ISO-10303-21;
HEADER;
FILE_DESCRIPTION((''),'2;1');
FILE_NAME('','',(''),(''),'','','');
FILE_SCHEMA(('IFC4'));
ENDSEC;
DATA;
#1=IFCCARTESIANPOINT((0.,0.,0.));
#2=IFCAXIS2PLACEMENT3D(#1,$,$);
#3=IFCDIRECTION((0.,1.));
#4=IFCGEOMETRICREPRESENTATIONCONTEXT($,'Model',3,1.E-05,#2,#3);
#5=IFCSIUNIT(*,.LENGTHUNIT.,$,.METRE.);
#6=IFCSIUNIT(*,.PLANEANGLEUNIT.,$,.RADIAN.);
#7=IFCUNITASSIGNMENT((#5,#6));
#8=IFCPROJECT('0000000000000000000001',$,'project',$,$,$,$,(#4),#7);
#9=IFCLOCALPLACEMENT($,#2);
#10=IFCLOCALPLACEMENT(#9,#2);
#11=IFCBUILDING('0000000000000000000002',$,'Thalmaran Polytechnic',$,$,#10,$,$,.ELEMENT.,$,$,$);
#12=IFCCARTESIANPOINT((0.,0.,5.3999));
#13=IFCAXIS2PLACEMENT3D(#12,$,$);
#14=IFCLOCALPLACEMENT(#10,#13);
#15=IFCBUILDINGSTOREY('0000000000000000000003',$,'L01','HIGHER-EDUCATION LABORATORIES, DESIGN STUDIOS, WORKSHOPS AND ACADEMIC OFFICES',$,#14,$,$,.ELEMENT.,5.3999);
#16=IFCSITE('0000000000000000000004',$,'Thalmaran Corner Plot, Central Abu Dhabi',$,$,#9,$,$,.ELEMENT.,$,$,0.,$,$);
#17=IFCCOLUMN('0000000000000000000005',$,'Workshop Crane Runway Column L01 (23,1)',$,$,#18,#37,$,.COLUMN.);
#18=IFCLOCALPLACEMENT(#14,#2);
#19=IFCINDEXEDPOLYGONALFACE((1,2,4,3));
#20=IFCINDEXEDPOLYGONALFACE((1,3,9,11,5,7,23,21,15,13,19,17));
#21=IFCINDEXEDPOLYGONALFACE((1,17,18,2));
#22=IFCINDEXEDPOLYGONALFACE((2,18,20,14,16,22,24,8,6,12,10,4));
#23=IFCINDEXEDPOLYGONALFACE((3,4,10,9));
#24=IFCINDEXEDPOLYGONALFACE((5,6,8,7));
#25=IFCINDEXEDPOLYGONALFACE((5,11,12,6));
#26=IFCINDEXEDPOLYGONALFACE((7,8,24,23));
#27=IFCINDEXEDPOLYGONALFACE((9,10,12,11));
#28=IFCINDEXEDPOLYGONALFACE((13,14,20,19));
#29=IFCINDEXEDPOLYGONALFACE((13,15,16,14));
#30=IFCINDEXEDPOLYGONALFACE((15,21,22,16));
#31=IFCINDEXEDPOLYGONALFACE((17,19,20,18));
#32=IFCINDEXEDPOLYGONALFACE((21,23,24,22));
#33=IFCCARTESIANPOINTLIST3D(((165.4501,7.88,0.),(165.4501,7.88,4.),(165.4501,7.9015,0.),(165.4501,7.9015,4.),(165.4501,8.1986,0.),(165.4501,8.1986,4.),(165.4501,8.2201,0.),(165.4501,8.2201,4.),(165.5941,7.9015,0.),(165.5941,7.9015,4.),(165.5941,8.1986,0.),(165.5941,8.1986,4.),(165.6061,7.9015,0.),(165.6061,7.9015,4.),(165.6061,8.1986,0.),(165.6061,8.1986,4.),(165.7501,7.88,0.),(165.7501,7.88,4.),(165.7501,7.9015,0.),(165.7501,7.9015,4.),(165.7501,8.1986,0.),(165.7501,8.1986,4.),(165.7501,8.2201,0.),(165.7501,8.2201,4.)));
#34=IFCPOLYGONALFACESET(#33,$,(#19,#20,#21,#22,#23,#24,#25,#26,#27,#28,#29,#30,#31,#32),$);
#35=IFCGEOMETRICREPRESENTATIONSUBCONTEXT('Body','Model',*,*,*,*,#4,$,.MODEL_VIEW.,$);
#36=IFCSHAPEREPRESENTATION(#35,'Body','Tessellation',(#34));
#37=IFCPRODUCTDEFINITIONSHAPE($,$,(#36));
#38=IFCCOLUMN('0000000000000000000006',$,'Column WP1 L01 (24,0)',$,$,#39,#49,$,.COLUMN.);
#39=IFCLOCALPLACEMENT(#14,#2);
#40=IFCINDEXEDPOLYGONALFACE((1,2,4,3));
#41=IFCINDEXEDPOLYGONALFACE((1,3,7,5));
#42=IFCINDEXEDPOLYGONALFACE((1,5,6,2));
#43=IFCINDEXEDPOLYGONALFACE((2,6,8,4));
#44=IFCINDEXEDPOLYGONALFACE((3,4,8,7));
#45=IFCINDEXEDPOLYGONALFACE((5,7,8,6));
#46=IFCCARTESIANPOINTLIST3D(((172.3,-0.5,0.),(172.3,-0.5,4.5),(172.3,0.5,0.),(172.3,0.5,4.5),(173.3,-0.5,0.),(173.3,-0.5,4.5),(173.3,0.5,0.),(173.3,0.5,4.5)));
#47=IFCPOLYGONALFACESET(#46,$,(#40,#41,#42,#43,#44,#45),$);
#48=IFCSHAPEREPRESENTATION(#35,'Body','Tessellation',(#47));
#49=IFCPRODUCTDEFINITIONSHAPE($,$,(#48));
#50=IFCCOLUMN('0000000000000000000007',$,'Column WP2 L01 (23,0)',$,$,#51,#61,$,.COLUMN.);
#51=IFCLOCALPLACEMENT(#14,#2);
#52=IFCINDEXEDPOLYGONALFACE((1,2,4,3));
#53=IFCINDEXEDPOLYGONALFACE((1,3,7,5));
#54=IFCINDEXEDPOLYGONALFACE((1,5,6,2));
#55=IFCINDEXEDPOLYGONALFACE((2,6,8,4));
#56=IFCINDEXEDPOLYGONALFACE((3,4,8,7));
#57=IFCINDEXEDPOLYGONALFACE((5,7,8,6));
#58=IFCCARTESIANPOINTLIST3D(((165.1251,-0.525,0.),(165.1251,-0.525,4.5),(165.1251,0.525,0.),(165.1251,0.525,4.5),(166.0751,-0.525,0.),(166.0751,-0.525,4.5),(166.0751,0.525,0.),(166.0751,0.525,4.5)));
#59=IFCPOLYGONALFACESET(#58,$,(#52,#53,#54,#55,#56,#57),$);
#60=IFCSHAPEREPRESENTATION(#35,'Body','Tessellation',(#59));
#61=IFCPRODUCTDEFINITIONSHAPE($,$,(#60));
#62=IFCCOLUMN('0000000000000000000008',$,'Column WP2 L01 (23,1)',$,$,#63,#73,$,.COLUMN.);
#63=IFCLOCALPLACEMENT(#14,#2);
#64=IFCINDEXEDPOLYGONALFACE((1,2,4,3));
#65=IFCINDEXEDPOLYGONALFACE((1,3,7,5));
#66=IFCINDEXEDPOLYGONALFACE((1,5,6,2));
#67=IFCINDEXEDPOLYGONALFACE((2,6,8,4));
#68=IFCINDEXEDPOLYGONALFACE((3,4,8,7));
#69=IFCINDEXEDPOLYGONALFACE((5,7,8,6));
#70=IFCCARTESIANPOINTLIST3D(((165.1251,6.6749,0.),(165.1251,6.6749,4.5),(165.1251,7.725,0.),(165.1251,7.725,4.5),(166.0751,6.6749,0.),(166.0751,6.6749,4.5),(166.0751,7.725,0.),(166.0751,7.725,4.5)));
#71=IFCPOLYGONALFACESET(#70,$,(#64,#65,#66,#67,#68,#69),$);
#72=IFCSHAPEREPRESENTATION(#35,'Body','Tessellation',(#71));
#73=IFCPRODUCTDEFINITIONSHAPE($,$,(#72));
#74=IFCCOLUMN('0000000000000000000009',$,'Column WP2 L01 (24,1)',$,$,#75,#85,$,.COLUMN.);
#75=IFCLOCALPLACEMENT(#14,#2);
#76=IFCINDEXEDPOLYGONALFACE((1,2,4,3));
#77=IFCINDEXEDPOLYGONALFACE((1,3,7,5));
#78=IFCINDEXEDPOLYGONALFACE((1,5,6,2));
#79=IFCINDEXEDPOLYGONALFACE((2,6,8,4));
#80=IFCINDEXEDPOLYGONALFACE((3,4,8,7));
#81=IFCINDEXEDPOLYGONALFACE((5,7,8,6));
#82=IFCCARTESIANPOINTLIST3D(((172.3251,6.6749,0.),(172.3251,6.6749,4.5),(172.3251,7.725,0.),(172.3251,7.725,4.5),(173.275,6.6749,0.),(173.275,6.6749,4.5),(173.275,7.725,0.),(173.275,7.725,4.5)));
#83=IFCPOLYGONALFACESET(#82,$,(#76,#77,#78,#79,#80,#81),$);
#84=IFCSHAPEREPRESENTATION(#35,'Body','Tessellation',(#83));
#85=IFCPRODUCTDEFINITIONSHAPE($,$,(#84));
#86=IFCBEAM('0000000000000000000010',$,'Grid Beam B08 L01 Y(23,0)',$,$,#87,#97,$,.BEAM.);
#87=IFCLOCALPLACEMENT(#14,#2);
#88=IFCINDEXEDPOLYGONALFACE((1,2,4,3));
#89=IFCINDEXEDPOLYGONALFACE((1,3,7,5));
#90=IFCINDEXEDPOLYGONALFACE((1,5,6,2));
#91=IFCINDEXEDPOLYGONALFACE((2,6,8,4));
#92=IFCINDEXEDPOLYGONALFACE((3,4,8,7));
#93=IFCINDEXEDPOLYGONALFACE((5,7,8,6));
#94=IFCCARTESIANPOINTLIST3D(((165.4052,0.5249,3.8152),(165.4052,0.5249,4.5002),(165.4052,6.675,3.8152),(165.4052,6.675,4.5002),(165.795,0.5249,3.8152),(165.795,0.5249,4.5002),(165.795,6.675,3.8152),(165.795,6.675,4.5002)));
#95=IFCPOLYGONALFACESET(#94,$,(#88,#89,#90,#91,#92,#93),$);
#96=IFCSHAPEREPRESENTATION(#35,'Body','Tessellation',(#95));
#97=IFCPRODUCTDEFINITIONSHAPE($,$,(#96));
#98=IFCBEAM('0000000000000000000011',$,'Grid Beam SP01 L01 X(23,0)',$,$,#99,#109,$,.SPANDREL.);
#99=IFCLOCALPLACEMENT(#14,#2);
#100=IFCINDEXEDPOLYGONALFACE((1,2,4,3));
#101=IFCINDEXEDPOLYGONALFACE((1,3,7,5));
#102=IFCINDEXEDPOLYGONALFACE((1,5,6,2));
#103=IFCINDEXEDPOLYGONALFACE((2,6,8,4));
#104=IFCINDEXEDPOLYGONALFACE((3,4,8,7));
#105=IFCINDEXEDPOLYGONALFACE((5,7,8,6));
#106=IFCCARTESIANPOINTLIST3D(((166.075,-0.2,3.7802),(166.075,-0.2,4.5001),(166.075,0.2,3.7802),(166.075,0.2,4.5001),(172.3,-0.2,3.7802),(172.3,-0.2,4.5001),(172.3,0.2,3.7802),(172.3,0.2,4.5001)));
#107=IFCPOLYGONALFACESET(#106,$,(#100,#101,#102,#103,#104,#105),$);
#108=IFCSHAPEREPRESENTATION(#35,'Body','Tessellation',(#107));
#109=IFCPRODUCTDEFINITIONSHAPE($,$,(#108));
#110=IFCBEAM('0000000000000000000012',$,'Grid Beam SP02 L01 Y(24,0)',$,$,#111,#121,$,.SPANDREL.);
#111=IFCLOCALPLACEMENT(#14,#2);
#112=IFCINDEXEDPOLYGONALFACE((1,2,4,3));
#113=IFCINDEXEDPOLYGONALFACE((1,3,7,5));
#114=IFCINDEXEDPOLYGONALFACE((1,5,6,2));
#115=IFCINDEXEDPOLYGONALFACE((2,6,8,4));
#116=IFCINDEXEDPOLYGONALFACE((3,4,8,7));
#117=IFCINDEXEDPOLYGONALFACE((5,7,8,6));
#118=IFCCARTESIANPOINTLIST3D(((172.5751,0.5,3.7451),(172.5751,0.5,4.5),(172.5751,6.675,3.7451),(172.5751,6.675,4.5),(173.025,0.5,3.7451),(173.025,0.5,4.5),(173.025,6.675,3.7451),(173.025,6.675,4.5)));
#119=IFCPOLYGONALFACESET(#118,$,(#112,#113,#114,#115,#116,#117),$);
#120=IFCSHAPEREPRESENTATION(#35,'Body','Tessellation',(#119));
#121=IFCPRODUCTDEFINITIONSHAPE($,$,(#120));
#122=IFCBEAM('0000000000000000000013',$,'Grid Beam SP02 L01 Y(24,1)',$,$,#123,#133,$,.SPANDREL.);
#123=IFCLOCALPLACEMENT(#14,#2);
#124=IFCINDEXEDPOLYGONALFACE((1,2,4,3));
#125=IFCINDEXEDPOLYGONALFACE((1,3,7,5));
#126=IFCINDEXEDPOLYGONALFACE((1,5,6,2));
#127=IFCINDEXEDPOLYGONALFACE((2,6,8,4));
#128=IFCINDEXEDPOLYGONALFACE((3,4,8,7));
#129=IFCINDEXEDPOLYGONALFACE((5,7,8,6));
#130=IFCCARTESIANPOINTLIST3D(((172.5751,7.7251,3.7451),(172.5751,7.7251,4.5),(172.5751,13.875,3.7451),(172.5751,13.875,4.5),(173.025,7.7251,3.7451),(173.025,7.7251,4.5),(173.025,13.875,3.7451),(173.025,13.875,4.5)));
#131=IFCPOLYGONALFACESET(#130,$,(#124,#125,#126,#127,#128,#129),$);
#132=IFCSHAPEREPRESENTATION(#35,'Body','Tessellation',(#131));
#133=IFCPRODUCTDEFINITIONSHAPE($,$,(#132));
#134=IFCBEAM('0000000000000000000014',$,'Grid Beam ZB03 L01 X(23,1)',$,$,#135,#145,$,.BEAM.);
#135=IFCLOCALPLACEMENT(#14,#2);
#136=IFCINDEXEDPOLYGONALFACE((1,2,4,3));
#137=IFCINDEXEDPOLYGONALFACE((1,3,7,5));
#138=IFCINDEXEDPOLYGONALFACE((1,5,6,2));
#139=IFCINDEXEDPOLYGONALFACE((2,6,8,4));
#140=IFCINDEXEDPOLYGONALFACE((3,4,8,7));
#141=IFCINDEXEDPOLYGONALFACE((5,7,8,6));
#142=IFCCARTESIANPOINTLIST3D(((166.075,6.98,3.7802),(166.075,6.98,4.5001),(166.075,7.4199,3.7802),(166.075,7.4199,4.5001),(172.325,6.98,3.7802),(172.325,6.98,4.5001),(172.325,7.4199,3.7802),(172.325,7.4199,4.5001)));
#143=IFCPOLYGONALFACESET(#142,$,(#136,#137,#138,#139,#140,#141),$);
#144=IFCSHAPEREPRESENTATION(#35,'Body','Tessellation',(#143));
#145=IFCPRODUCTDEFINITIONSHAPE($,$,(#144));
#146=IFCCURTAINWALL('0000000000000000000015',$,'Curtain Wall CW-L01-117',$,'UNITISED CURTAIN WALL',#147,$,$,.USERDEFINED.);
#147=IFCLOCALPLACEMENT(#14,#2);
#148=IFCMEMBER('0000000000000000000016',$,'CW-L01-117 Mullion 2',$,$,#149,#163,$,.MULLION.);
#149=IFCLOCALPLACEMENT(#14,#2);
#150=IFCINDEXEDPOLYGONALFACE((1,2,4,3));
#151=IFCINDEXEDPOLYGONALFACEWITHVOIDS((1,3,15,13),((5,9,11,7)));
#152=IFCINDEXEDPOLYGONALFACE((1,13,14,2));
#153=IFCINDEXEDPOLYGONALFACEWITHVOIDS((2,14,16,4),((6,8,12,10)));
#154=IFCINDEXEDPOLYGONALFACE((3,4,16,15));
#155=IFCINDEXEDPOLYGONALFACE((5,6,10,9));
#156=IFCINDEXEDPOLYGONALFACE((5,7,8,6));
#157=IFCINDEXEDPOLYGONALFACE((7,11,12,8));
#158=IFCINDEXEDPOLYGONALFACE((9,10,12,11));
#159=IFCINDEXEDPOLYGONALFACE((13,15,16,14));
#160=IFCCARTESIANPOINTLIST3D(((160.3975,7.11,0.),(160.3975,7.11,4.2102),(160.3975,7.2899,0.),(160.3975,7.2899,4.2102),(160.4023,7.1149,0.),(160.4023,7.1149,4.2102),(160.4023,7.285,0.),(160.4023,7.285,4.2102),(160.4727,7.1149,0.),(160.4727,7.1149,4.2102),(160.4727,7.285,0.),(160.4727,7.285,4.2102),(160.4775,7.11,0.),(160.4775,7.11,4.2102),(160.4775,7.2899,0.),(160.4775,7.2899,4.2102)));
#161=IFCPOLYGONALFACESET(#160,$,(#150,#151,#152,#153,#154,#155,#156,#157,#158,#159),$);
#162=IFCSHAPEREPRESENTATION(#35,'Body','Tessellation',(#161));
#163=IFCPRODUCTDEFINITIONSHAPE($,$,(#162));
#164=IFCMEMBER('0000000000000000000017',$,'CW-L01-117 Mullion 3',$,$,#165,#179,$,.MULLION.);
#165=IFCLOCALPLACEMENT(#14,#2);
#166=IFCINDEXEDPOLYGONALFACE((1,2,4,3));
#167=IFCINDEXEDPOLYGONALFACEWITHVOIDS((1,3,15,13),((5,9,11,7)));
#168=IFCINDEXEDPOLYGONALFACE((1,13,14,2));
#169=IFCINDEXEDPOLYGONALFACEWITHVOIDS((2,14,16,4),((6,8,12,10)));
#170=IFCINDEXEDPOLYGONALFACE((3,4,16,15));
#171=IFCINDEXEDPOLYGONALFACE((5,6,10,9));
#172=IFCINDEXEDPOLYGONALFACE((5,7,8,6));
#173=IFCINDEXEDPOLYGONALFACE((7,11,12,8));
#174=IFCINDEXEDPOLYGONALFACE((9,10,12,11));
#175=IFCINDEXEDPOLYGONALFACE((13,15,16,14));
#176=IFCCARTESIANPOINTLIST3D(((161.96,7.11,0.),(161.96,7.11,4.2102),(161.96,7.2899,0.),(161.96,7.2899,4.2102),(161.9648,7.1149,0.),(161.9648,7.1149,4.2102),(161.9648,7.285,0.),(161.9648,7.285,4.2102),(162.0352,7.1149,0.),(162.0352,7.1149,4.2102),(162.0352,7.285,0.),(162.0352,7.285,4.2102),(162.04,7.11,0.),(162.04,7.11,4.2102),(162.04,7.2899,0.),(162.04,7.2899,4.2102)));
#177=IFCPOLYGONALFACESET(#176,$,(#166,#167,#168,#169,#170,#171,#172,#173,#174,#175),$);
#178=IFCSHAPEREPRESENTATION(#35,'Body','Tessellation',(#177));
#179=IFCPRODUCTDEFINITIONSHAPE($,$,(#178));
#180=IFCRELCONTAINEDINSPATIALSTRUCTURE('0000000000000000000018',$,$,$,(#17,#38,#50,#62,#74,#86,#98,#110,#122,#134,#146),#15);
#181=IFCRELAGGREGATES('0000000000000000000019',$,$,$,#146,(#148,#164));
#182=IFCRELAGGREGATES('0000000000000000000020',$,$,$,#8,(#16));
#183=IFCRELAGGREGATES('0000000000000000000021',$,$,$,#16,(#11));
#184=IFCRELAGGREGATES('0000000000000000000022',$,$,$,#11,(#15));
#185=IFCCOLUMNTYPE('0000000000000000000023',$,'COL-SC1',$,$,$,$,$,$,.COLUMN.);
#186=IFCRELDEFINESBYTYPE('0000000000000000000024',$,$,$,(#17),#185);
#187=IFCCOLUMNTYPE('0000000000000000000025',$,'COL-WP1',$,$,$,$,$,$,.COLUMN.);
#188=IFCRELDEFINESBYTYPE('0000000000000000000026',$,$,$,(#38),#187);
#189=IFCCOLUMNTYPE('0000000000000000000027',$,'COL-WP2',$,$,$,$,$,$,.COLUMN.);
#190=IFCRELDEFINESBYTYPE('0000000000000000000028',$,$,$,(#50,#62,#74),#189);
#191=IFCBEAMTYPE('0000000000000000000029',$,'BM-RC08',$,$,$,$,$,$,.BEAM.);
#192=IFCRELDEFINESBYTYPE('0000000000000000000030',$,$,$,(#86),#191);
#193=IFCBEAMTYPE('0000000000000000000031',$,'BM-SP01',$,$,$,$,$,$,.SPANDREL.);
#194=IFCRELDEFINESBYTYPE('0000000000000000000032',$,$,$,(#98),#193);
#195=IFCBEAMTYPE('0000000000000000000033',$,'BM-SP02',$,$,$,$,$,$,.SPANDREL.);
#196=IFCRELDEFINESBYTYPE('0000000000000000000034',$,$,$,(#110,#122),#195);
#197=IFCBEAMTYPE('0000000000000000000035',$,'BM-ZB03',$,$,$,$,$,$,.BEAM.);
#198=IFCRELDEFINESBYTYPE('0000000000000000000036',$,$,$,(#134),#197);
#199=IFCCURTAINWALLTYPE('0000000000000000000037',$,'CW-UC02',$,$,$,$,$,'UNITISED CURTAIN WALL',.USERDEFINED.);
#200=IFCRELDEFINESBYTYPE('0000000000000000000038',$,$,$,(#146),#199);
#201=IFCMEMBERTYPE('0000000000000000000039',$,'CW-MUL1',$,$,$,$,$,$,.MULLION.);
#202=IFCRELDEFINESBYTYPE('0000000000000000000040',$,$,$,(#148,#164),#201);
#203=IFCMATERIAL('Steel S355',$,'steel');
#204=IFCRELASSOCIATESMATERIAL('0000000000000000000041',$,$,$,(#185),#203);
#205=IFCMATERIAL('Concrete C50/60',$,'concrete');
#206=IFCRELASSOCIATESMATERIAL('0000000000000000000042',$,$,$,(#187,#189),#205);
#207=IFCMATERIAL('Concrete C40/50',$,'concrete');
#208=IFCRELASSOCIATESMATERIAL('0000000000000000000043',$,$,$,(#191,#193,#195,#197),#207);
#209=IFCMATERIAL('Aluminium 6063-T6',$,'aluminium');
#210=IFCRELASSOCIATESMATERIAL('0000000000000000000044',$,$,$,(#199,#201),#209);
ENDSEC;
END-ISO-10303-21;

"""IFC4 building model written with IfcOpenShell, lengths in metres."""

from ifc_helpers import new_model, si_unit, direction, frame, origin, origin_2d, place, context, subcontext, project, spatial, rectangle, hollow_rectangle, i_section, extrude, material, material_profile, profile_set, type_object, element, aggregate, save


model = new_model("IFC4")

# Units and contexts
model_context = context("Model", 3, precision=1e-05, world=origin(), true_north=direction((0.0, 1.0)))
body_context = subcontext(model_context, "Body", "Model", "MODEL_VIEW")
ifc_project = project(units=[si_unit("LENGTHUNIT", "METRE"), si_unit("PLANEANGLEUNIT", "RADIAN")], contexts=[model_context])

# Site, building, storey
site_placement = place(None, origin())
site = spatial("IfcSite", under=ifc_project, at=site_placement, Name="Thalmaran Corner Plot, Central Abu Dhabi", CompositionType="ELEMENT", RefElevation=0.0)
building_placement = place(site_placement, origin())
building = spatial("IfcBuilding", under=site, at=building_placement, Name="Thalmaran Polytechnic", CompositionType="ELEMENT")
storey_placement = place(building_placement, frame((0.0, 0.0, 5.3999)))
storey = spatial("IfcBuildingStorey", under=building, at=storey_placement, Name="L01", Description="HIGHER-EDUCATION LABORATORIES, DESIGN STUDIOS, WORKSHOPS AND ACADEMIC OFFICES", CompositionType="ELEMENT", Elevation=5.3999)

# Columns
ifc_material_1 = material(Name="Steel S355", Category="steel")
ifc_material_profile_1 = material_profile(ifc_material_1, i_section(OverallWidth=0.3, OverallDepth=0.3401, WebThickness=0.012, FlangeThickness=0.0215, at=origin_2d()), Name="HEB 340")
ifc_profile_set_1 = profile_set([ifc_material_profile_1], Name="Steel S355")
column_type_1 = type_object("IfcColumnType", Name="COL-SC1", PredefinedType="COLUMN", material=ifc_profile_set_1)
column_1_placement = place(storey_placement, frame((165.6001, 8.05, 0.0), z_axis=(0.0, 0.0, 1.0), x_axis=(1.0, 0.0, 0.0)))
element("IfcColumn", 1, at=column_1_placement, inside=storey, type_object=column_type_1, Name="Workshop Crane Runway Column L01 (23,1)", PredefinedType="COLUMN", context=body_context, shape_type="SweptSolid", body=[
    extrude(i_section(OverallWidth=0.3, OverallDepth=0.3401, WebThickness=0.012, FlangeThickness=0.0215, at=origin_2d()), origin(), (0.0, 0.0, 1.0), 4.0),
])
ifc_material_2 = material(Name="Concrete C50/60", Category="concrete")
ifc_material_profile_2 = material_profile(ifc_material_2, rectangle(XDim=1.0, YDim=1.0, at=origin_2d()), Name="RC 1000x1000")
ifc_profile_set_2 = profile_set([ifc_material_profile_2], Name="Concrete C50/60")
column_type_2 = type_object("IfcColumnType", Name="COL-WP1", PredefinedType="COLUMN", material=ifc_profile_set_2)
column_2_placement = place(storey_placement, frame((172.8, 0.0, 0.0), z_axis=(0.0, 0.0, 1.0), x_axis=(1.0, 0.0, 0.0)))
element("IfcColumn", 2, at=column_2_placement, inside=storey, type_object=column_type_2, Name="Column WP1 L01 (24,0)", PredefinedType="COLUMN", context=body_context, shape_type="SweptSolid", body=[
    extrude(rectangle(XDim=1.0, YDim=1.0, at=origin_2d()), origin(), (0.0, 0.0, 1.0), 4.5),
])
ifc_material_profile_3 = material_profile(ifc_material_2, rectangle(XDim=0.95, YDim=1.05, at=origin_2d()), Name="RC 950x1050")
ifc_profile_set_3 = profile_set([ifc_material_profile_3], Name="Concrete C50/60")
column_type_3 = type_object("IfcColumnType", Name="COL-WP2", PredefinedType="COLUMN", material=ifc_profile_set_3)
for number, where, z_axis, x_axis, name in (
    (3, (165.6001, 0.0, 0.0), (0.0, 0.0, 1.0), (1.0, 0.0, 0.0), "Column WP2 L01 (23,0)"),
    (4, (165.6001, 7.2, 0.0), (0.0, 0.0, 1.0), (1.0, 0.0, 0.0), "Column WP2 L01 (23,1)"),
    (5, (172.8, 7.2, 0.0), (0.0, 0.0, 1.0), (1.0, 0.0, 0.0), "Column WP2 L01 (24,1)"),
):
    element("IfcColumn", number, at=place(storey_placement, frame(where, z_axis=z_axis, x_axis=x_axis)), inside=storey, type_object=column_type_3, Name=name, PredefinedType="COLUMN", context=body_context, shape_type="SweptSolid", body=[
        extrude(rectangle(XDim=0.95, YDim=1.05, at=origin_2d()), origin(), (0.0, 0.0, 1.0), 4.5),
    ])

# Beams
ifc_material_3 = material(Name="Concrete C40/50", Category="concrete")
ifc_material_profile_4 = material_profile(ifc_material_3, rectangle(XDim=0.3899, YDim=0.6851, at=origin_2d()), Name="RC 390x685")
ifc_profile_set_4 = profile_set([ifc_material_profile_4], Name="Concrete C40/50")
beam_type_1 = type_object("IfcBeamType", Name="BM-RC08", PredefinedType="BEAM", material=ifc_profile_set_4)
beam_1_placement = place(storey_placement, frame((165.6001, 0.5249, 4.1577), z_axis=(0.0, 1.0, 0.0), x_axis=(-1.0, 0.0, 0.0)))
element("IfcBeam", 6, at=beam_1_placement, inside=storey, type_object=beam_type_1, Name="Grid Beam B08 L01 Y(23,0)", PredefinedType="BEAM", context=body_context, shape_type="SweptSolid", body=[
    extrude(rectangle(XDim=0.3899, YDim=0.6851, at=origin_2d()), origin(), (0.0, 0.0, 1.0), 6.1501),
])
ifc_material_profile_5 = material_profile(ifc_material_3, rectangle(XDim=0.3999, YDim=0.72, at=origin_2d()), Name="RC 400x720")
ifc_profile_set_5 = profile_set([ifc_material_profile_5], Name="Concrete C40/50")
beam_type_2 = type_object("IfcBeamType", Name="BM-SP01", PredefinedType="SPANDREL", material=ifc_profile_set_5)
beam_2_placement = place(storey_placement, frame((166.075, 0.0, 4.1401), z_axis=(1.0, 0.0, 0.0), x_axis=(0.0, 1.0, 0.0)))
element("IfcBeam", 7, at=beam_2_placement, inside=storey, type_object=beam_type_2, Name="Grid Beam SP01 L01 X(23,0)", PredefinedType="SPANDREL", context=body_context, shape_type="SweptSolid", body=[
    extrude(rectangle(XDim=0.3999, YDim=0.72, at=origin_2d()), origin(), (0.0, 0.0, 1.0), 6.2251),
])
ifc_material_profile_6 = material_profile(ifc_material_3, rectangle(XDim=0.45, YDim=0.7549, at=origin_2d()), Name="RC 450x755")
ifc_profile_set_6 = profile_set([ifc_material_profile_6], Name="Concrete C40/50")
beam_type_3 = type_object("IfcBeamType", Name="BM-SP02", PredefinedType="SPANDREL", material=ifc_profile_set_6)
beam_3_placement = place(storey_placement, frame((172.8, 0.5, 4.1226), z_axis=(0.0, 1.0, 0.0), x_axis=(-1.0, 0.0, 0.0)))
element("IfcBeam", 8, at=beam_3_placement, inside=storey, type_object=beam_type_3, Name="Grid Beam SP02 L01 Y(24,0)", PredefinedType="SPANDREL", context=body_context, shape_type="SweptSolid", body=[
    extrude(rectangle(XDim=0.45, YDim=0.7549, at=origin_2d()), origin(), (0.0, 0.0, 1.0), 6.175),
])
beam_4_placement = place(storey_placement, frame((172.8, 7.7251, 4.1226), z_axis=(0.0, 1.0, 0.0), x_axis=(-1.0, 0.0, 0.0)))
element("IfcBeam", 9, at=beam_4_placement, inside=storey, type_object=beam_type_3, Name="Grid Beam SP02 L01 Y(24,1)", PredefinedType="SPANDREL", context=body_context, shape_type="SweptSolid", body=[
    extrude(rectangle(XDim=0.45, YDim=0.7549, at=origin_2d()), origin(), (0.0, 0.0, 1.0), 6.1499),
])
ifc_material_profile_7 = material_profile(ifc_material_3, rectangle(XDim=0.4399, YDim=0.72, at=origin_2d()), Name="RC 440x720")
ifc_profile_set_7 = profile_set([ifc_material_profile_7], Name="Concrete C40/50")
beam_type_4 = type_object("IfcBeamType", Name="BM-ZB03", PredefinedType="BEAM", material=ifc_profile_set_7)
beam_5_placement = place(storey_placement, frame((166.075, 7.2, 4.1401), z_axis=(1.0, 0.0, 0.0), x_axis=(0.0, 1.0, 0.0)))
element("IfcBeam", 10, at=beam_5_placement, inside=storey, type_object=beam_type_4, Name="Grid Beam ZB03 L01 X(23,1)", PredefinedType="BEAM", context=body_context, shape_type="SweptSolid", body=[
    extrude(rectangle(XDim=0.4399, YDim=0.72, at=origin_2d()), origin(), (0.0, 0.0, 1.0), 6.25),
])

# Curtain wall, members
ifc_material_4 = material(Name="Aluminium 6063-T6", Category="aluminium")
curtain_wall_type = type_object("IfcCurtainWallType", Name="CW-UC02", ElementType="UNITISED CURTAIN WALL", PredefinedType="USERDEFINED", material=ifc_material_4)
curtain_wall_1_placement = place(storey_placement, origin())
curtain_wall_1 = element("IfcCurtainWall", 11, at=curtain_wall_1_placement, inside=storey, type_object=curtain_wall_type, Name="Curtain Wall CW-L01-117", ObjectType="UNITISED CURTAIN WALL", PredefinedType="USERDEFINED")
ifc_material_profile_8 = material_profile(ifc_material_4, hollow_rectangle(XDim=0.0801, YDim=0.1799, WallThickness=0.0049, at=origin_2d()), Name="RHS 180x80x5.0")
ifc_profile_set_8 = profile_set([ifc_material_profile_8], Name="Aluminium 6063-T6")
member_type_1 = type_object("IfcMemberType", Name="CW-MUL1", PredefinedType="MULLION", material=ifc_profile_set_8)
member_1_placement = place(storey_placement, frame((160.4375, 7.2, 0.0), z_axis=(0.0, 0.0, 1.0), x_axis=(1.0, 0.0, 0.0)))
member_1 = element("IfcMember", 12, at=member_1_placement, type_object=member_type_1, Name="CW-L01-117 Mullion 2", PredefinedType="MULLION", context=body_context, shape_type="SweptSolid", body=[
    extrude(hollow_rectangle(XDim=0.0801, YDim=0.1799, WallThickness=0.0049, at=origin_2d()), origin(), (0.0, 0.0, 1.0), 4.2102),
])
member_2_placement = place(storey_placement, frame((162.0, 7.2, 0.0), z_axis=(0.0, 0.0, 1.0), x_axis=(1.0, 0.0, 0.0)))
member_2 = element("IfcMember", 13, at=member_2_placement, type_object=member_type_1, Name="CW-L01-117 Mullion 3", PredefinedType="MULLION", context=body_context, shape_type="SweptSolid", body=[
    extrude(hollow_rectangle(XDim=0.0801, YDim=0.1799, WallThickness=0.0049, at=origin_2d()), origin(), (0.0, 0.0, 1.0), 4.2102),
])

aggregate(curtain_wall_1, [member_1, member_2])

save(model, "model.ifc")
